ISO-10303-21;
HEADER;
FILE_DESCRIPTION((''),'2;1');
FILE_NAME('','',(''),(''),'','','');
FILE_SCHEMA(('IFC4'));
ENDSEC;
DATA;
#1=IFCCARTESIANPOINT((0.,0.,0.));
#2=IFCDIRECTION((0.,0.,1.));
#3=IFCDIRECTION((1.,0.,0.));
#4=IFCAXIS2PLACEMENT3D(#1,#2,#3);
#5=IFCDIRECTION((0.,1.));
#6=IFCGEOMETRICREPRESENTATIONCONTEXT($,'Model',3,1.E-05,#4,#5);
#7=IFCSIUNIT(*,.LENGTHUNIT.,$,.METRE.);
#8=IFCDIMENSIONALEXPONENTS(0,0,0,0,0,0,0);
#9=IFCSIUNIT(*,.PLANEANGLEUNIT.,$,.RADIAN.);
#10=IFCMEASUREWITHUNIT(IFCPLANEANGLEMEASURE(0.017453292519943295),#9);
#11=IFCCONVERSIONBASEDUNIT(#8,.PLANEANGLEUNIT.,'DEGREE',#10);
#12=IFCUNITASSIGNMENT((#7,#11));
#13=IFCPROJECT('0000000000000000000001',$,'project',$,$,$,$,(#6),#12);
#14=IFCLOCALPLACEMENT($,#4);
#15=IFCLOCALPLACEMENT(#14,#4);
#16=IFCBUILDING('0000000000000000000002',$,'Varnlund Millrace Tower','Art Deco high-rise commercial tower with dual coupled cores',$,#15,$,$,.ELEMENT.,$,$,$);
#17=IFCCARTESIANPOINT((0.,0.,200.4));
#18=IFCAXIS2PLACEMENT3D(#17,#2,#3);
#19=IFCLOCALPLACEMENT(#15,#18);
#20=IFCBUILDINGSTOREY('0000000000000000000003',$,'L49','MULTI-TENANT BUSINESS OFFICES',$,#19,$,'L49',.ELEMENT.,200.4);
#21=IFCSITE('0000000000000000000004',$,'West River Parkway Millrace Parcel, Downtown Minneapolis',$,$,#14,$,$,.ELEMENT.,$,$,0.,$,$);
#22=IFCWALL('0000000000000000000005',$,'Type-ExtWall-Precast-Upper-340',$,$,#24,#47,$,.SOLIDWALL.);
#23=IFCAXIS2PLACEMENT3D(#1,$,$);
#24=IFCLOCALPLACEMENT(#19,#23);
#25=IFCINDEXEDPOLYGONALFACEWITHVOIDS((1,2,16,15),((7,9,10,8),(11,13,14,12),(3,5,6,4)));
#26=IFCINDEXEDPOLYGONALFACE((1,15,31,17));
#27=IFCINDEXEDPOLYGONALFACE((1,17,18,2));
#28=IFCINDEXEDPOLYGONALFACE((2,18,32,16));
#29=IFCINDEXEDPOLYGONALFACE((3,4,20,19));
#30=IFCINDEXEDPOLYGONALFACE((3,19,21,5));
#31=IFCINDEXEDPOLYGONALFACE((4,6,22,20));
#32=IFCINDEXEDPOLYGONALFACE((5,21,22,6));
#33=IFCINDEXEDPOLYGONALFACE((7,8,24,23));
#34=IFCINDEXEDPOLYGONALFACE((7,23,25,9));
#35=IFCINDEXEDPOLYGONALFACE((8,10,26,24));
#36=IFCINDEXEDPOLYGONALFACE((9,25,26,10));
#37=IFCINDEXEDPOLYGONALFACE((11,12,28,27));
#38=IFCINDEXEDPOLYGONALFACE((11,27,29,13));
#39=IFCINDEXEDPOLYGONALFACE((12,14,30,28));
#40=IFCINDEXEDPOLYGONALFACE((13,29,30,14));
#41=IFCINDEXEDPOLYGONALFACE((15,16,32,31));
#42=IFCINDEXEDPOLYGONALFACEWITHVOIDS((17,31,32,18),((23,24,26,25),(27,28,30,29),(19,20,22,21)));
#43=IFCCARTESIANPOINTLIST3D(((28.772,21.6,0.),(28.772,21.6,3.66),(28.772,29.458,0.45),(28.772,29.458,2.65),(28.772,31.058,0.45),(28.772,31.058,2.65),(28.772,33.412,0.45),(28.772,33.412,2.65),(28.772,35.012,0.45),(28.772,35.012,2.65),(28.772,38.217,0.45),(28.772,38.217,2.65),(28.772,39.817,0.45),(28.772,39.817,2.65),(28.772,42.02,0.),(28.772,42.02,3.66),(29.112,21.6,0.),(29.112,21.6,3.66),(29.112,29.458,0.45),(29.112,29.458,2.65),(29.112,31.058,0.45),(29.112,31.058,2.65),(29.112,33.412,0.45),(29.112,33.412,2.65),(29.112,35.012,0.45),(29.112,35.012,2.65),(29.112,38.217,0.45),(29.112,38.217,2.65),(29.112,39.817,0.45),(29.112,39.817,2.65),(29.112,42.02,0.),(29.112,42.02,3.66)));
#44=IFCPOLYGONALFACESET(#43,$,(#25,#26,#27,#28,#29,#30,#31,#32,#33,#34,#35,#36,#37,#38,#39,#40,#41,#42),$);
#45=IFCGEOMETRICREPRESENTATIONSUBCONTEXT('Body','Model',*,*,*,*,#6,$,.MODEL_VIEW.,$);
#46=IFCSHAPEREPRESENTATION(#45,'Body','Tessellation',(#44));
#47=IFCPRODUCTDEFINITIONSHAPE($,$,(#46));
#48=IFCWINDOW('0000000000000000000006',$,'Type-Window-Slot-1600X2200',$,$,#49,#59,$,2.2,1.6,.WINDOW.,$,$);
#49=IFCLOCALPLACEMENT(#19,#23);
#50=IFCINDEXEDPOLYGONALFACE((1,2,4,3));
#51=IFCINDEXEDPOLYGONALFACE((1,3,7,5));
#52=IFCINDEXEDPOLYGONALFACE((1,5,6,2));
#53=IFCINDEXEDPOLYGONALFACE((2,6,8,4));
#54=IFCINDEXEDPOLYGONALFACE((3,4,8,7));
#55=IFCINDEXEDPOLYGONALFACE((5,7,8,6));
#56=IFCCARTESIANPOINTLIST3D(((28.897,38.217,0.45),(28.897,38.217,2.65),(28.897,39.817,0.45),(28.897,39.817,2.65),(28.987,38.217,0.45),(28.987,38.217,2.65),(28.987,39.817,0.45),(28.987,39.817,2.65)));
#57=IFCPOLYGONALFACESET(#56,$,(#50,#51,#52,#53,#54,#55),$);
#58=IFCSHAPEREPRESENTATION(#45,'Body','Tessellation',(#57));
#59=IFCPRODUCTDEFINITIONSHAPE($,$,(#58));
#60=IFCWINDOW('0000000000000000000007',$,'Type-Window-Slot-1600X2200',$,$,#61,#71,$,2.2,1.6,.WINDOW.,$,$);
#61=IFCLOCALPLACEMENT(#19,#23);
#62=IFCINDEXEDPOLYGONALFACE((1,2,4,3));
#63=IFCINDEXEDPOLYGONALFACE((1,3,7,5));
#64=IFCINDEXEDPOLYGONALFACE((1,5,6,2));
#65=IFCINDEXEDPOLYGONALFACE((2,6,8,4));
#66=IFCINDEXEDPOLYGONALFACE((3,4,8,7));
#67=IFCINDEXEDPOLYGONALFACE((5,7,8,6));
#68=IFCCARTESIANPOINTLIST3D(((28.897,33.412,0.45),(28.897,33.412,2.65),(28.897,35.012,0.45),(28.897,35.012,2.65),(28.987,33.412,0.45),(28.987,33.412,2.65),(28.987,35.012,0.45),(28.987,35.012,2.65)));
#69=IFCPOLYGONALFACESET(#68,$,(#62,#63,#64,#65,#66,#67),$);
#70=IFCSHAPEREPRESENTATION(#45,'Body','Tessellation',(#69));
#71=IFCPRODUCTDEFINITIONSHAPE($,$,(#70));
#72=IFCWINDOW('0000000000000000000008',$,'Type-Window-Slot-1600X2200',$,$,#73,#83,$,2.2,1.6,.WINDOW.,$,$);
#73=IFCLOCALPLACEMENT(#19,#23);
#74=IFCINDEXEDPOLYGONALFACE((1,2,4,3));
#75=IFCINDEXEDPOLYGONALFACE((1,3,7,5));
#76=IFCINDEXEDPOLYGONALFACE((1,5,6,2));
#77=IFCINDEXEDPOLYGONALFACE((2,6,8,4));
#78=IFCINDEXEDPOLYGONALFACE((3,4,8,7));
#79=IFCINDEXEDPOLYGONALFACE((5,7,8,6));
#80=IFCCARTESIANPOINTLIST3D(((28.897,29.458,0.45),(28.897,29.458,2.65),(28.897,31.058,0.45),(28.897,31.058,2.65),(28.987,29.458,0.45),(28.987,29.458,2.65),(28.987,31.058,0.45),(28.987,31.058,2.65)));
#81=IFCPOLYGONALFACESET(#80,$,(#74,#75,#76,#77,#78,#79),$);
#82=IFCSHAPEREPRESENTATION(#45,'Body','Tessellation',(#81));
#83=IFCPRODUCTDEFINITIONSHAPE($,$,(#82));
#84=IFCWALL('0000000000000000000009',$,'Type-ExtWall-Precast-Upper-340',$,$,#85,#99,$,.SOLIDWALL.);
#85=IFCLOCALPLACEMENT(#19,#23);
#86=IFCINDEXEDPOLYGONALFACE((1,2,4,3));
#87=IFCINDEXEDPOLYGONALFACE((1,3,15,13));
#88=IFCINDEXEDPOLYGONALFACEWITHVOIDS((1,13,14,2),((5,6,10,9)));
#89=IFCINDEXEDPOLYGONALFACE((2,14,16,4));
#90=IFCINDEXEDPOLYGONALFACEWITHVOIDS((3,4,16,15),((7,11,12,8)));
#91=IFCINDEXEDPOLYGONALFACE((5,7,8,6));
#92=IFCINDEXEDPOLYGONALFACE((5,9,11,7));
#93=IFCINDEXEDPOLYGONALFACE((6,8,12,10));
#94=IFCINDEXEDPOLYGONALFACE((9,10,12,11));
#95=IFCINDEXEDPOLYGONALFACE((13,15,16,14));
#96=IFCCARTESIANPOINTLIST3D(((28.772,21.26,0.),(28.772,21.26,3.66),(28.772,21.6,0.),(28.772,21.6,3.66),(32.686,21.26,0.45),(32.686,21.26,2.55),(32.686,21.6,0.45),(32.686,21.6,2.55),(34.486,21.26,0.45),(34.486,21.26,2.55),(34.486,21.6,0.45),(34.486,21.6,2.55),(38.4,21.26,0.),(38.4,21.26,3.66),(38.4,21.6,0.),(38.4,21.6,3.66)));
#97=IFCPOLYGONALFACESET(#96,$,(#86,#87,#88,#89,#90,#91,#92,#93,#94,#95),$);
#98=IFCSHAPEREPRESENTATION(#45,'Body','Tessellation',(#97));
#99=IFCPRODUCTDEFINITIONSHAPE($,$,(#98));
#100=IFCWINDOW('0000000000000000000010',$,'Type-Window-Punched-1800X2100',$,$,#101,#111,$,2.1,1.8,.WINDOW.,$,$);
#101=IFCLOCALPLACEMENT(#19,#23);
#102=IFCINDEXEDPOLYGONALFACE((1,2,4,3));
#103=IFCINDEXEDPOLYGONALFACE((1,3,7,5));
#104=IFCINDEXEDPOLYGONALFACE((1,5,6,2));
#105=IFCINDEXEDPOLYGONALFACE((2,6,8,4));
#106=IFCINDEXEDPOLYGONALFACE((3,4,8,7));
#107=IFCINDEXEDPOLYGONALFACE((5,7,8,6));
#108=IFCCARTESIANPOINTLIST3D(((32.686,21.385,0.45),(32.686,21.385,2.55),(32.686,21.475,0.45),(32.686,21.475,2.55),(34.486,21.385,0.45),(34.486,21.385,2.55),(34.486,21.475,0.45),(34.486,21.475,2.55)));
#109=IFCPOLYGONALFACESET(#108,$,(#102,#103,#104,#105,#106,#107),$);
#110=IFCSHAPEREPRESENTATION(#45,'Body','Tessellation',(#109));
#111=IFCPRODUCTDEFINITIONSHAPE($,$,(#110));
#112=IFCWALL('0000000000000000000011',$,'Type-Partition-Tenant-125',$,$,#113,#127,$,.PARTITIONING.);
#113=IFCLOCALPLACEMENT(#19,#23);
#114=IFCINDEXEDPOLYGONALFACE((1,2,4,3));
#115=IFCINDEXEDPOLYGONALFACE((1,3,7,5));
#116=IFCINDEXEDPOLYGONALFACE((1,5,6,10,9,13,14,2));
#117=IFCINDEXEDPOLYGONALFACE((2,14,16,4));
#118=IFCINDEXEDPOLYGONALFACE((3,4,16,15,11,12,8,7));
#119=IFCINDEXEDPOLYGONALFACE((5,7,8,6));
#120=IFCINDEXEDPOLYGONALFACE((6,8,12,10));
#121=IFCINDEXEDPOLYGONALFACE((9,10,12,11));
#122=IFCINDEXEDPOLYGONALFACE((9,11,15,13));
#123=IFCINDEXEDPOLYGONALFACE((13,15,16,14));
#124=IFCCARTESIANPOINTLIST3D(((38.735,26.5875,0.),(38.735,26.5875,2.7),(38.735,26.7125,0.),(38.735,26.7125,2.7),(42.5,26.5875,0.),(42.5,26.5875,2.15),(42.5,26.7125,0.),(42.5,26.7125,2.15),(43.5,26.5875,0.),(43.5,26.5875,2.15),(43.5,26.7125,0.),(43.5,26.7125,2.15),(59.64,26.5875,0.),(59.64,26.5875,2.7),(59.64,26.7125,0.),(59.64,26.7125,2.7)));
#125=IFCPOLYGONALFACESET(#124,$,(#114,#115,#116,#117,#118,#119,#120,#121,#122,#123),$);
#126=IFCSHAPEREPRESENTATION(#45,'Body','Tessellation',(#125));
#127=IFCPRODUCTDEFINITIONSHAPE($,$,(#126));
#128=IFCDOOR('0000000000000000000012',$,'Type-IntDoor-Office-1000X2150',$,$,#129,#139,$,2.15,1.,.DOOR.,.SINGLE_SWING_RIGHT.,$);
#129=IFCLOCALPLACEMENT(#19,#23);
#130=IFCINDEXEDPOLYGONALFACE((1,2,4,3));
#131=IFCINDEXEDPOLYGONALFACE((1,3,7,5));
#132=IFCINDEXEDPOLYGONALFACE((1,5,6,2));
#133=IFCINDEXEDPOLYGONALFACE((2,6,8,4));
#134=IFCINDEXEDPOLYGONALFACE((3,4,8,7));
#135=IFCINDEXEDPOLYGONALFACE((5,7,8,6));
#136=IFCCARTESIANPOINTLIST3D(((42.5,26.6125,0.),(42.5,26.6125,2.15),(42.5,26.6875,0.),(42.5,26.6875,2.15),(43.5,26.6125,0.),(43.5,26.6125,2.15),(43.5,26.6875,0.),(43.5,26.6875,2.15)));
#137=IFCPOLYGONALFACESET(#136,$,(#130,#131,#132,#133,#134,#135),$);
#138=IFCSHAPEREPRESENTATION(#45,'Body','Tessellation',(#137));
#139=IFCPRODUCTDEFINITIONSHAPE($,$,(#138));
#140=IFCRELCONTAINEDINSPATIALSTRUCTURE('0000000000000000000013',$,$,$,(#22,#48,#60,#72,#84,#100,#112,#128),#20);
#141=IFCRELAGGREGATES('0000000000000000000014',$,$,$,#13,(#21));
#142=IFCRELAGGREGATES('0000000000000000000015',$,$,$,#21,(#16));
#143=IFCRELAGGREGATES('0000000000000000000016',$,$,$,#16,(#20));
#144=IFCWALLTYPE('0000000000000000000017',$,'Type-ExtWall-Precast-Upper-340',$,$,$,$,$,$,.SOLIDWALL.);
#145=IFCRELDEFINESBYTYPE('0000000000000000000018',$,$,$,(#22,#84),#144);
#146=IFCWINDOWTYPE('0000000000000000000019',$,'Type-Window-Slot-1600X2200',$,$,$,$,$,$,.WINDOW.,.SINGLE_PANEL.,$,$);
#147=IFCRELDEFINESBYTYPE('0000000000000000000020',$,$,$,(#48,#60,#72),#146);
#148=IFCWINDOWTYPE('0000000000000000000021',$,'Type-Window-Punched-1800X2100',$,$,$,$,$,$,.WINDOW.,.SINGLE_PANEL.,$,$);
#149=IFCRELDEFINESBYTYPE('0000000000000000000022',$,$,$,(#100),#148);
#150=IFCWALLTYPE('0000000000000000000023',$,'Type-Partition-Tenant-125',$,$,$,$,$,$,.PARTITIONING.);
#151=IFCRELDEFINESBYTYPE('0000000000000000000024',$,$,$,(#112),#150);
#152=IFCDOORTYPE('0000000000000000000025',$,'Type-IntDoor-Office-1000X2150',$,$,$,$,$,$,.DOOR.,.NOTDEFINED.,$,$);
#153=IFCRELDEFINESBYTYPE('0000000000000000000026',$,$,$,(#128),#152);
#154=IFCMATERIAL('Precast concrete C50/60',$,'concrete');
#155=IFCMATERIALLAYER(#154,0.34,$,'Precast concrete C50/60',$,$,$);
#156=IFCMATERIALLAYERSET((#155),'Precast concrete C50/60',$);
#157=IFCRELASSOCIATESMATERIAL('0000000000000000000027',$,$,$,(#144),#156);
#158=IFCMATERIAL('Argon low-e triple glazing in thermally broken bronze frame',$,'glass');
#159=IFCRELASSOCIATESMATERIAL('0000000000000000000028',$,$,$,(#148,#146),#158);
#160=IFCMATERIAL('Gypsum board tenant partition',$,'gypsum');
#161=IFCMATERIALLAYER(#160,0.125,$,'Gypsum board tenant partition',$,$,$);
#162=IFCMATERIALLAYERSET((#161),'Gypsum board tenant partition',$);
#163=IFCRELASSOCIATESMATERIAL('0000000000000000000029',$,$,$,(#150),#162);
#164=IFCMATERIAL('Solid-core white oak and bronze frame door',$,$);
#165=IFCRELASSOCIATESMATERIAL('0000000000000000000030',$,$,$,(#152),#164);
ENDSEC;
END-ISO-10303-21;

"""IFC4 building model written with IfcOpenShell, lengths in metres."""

from ifc_helpers import new_model, entity, si_unit, converted_unit, direction, frame, origin_with_axes, origin_2d_with_axis, place, context, subcontext, project, spatial, polyline, rectangle, outline, extrude, material, layer, layer_set, type_object, element, fill, save


model = new_model("IFC4")

# Units and contexts
model_context = context("Model", 3, precision=1e-05, world=origin_with_axes(), true_north=direction((0.0, 1.0)))
body_context = subcontext(model_context, "Body", "Model", "MODEL_VIEW")
ifc_project = project(units=[si_unit("LENGTHUNIT", "METRE"), converted_unit("PLANEANGLEUNIT", "DEGREE", entity("IfcPlaneAngleMeasure", 0.017453292519943295), si_unit("PLANEANGLEUNIT", "RADIAN"), dimensions=[0, 0, 0, 0, 0, 0, 0])], contexts=[model_context])

# Site, building, storey
site_placement = place(None, origin_with_axes())
site = spatial("IfcSite", under=ifc_project, at=site_placement, Name="West River Parkway Millrace Parcel, Downtown Minneapolis", CompositionType="ELEMENT", RefElevation=0.0)
building_placement = place(site_placement, origin_with_axes())
building = spatial("IfcBuilding", under=site, at=building_placement, Name="Varnlund Millrace Tower", Description="Art Deco high-rise commercial tower with dual coupled cores", CompositionType="ELEMENT")
storey_placement = place(building_placement, frame((0.0, 0.0, 200.4), z_axis=(0.0, 0.0, 1.0), x_axis=(1.0, 0.0, 0.0)))
storey = spatial("IfcBuildingStorey", under=building, at=storey_placement, Name="L49", Description="MULTI-TENANT BUSINESS OFFICES", LongName="L49", CompositionType="ELEMENT", Elevation=200.4)

# Shared definitions
ifc_material_1 = material(Name="Precast concrete C50/60", Category="concrete")
ifc_layer_1 = layer(ifc_material_1, 0.34, Name="Precast concrete C50/60")
ifc_layer_set_1 = layer_set([ifc_layer_1], Name="Precast concrete C50/60")
wall_type_1 = type_object("IfcWallType", Name="Type-ExtWall-Precast-Upper-340", PredefinedType="SOLIDWALL", material=ifc_layer_set_1)

# Shared definitions
ifc_material_2 = material(Name="Argon low-e triple glazing in thermally broken bronze frame", Category="glass")
window_type_1 = type_object("IfcWindowType", Name="Type-Window-Punched-1800X2100", PartitioningType="SINGLE_PANEL", PredefinedType="WINDOW", material=ifc_material_2)

# Wall, openings, windows
wall_1_placement = place(storey_placement, frame((28.942, 42.02, 0.0), z_axis=(0.0, 0.0, 1.0), x_axis=(0.0, -1.0, 0.0)))
wall_1 = element("IfcWall", 1, at=wall_1_placement, inside=storey, type_object=wall_type_1, Name="Type-ExtWall-Precast-Upper-340", PredefinedType="SOLIDWALL", context=body_context, shape_type="SweptSolid", body=[
    extrude(outline(polyline([(0.0, -0.17), (20.42, -0.17), (20.42, 0.17), (0.0, 0.17), (0.0, -0.17)])), origin_with_axes(), (0.0, 0.0, 1.0), 3.66),
])
opening_1_placement = place(wall_1_placement, frame((3.003, 0.0, 0.45), z_axis=(0.0, 0.0, 1.0), x_axis=(1.0, 0.0, 0.0)))
opening_1 = element("IfcOpeningElement", 2, at=opening_1_placement, cuts=wall_1, PredefinedType="OPENING", context=body_context, shape_type="SweptSolid", body=[
    extrude(rectangle(XDim=1.6, YDim=0.36, at=origin_2d_with_axis()), origin_with_axes(), (0.0, 0.0, 1.0), 2.2),
])
opening_2_placement = place(wall_1_placement, frame((7.808, 0.0, 0.45), z_axis=(0.0, 0.0, 1.0), x_axis=(1.0, 0.0, 0.0)))
opening_2 = element("IfcOpeningElement", 3, at=opening_2_placement, cuts=wall_1, PredefinedType="OPENING", context=body_context, shape_type="SweptSolid", body=[
    extrude(rectangle(XDim=1.6, YDim=0.36, at=origin_2d_with_axis()), origin_with_axes(), (0.0, 0.0, 1.0), 2.2),
])
opening_3_placement = place(wall_1_placement, frame((11.762, 0.0, 0.45), z_axis=(0.0, 0.0, 1.0), x_axis=(1.0, 0.0, 0.0)))
opening_3 = element("IfcOpeningElement", 4, at=opening_3_placement, cuts=wall_1, PredefinedType="OPENING", context=body_context, shape_type="SweptSolid", body=[
    extrude(rectangle(XDim=1.6, YDim=0.36, at=origin_2d_with_axis()), origin_with_axes(), (0.0, 0.0, 1.0), 2.2),
])
window_type_2 = type_object("IfcWindowType", Name="Type-Window-Slot-1600X2200", PartitioningType="SINGLE_PANEL", PredefinedType="WINDOW", material=ifc_material_2)
window_1_placement = place(wall_1_placement, frame((3.003, 0.0, 0.45), z_axis=(0.0, 0.0, 1.0), x_axis=(1.0, 0.0, 0.0)))
window_1 = element("IfcWindow", 5, at=window_1_placement, inside=storey, type_object=window_type_2, Name="Type-Window-Slot-1600X2200", OverallHeight=2.2, OverallWidth=1.6, PredefinedType="WINDOW", context=body_context, shape_type="SweptSolid", body=[
    extrude(rectangle(XDim=1.6, YDim=0.09, at=origin_2d_with_axis()), origin_with_axes(), (0.0, 0.0, 1.0), 2.2),
])
fill(opening_1, window_1)
window_2_placement = place(wall_1_placement, frame((7.808, 0.0, 0.45), z_axis=(0.0, 0.0, 1.0), x_axis=(1.0, 0.0, 0.0)))
window_2 = element("IfcWindow", 6, at=window_2_placement, inside=storey, type_object=window_type_2, Name="Type-Window-Slot-1600X2200", OverallHeight=2.2, OverallWidth=1.6, PredefinedType="WINDOW", context=body_context, shape_type="SweptSolid", body=[
    extrude(rectangle(XDim=1.6, YDim=0.09, at=origin_2d_with_axis()), origin_with_axes(), (0.0, 0.0, 1.0), 2.2),
])
fill(opening_2, window_2)
window_3_placement = place(wall_1_placement, frame((11.762, 0.0, 0.45), z_axis=(0.0, 0.0, 1.0), x_axis=(1.0, 0.0, 0.0)))
window_3 = element("IfcWindow", 7, at=window_3_placement, inside=storey, type_object=window_type_2, Name="Type-Window-Slot-1600X2200", OverallHeight=2.2, OverallWidth=1.6, PredefinedType="WINDOW", context=body_context, shape_type="SweptSolid", body=[
    extrude(rectangle(XDim=1.6, YDim=0.09, at=origin_2d_with_axis()), origin_with_axes(), (0.0, 0.0, 1.0), 2.2),
])
fill(opening_3, window_3)

# Wall, opening, window
wall_2_placement = place(storey_placement, frame((28.772, 21.43, 0.0), z_axis=(0.0, 0.0, 1.0), x_axis=(1.0, 0.0, 0.0)))
wall_2 = element("IfcWall", 8, at=wall_2_placement, inside=storey, type_object=wall_type_1, Name="Type-ExtWall-Precast-Upper-340", PredefinedType="SOLIDWALL", context=body_context, shape_type="SweptSolid", body=[
    extrude(outline(polyline([(0.0, -0.17), (9.628, -0.17), (9.628, 0.17), (0.0, 0.17), (0.0, -0.17)])), origin_with_axes(), (0.0, 0.0, 1.0), 3.66),
])
opening_4_placement = place(wall_2_placement, frame((4.814, 0.0, 0.45), z_axis=(0.0, 0.0, 1.0), x_axis=(1.0, 0.0, 0.0)))
opening_4 = element("IfcOpeningElement", 9, at=opening_4_placement, cuts=wall_2, PredefinedType="OPENING", context=body_context, shape_type="SweptSolid", body=[
    extrude(rectangle(XDim=1.8, YDim=0.36, at=origin_2d_with_axis()), origin_with_axes(), (0.0, 0.0, 1.0), 2.1),
])
window_4_placement = place(wall_2_placement, frame((4.814, 0.0, 0.45), z_axis=(0.0, 0.0, 1.0), x_axis=(1.0, 0.0, 0.0)))
window_4 = element("IfcWindow", 10, at=window_4_placement, inside=storey, type_object=window_type_1, Name="Type-Window-Punched-1800X2100", OverallHeight=2.1, OverallWidth=1.8, PredefinedType="WINDOW", context=body_context, shape_type="SweptSolid", body=[
    extrude(rectangle(XDim=1.8, YDim=0.09, at=origin_2d_with_axis()), origin_with_axes(), (0.0, 0.0, 1.0), 2.1),
])
fill(opening_4, window_4)

# Wall, opening, door
ifc_material_3 = material(Name="Gypsum board tenant partition", Category="gypsum")
ifc_layer_2 = layer(ifc_material_3, 0.125, Name="Gypsum board tenant partition")
ifc_layer_set_2 = layer_set([ifc_layer_2], Name="Gypsum board tenant partition")
wall_type_2 = type_object("IfcWallType", Name="Type-Partition-Tenant-125", PredefinedType="PARTITIONING", material=ifc_layer_set_2)
wall_3_placement = place(storey_placement, frame((38.735, 26.65, 0.0), z_axis=(0.0, 0.0, 1.0), x_axis=(1.0, 0.0, 0.0)))
wall_3 = element("IfcWall", 11, at=wall_3_placement, inside=storey, type_object=wall_type_2, Name="Type-Partition-Tenant-125", PredefinedType="PARTITIONING", context=body_context, shape_type="SweptSolid", body=[
    extrude(outline(polyline([(0.0, -0.0625), (20.905, -0.0625), (20.905, 0.0625), (0.0, 0.0625), (0.0, -0.0625)])), origin_with_axes(), (0.0, 0.0, 1.0), 2.7),
])
opening_5_placement = place(wall_3_placement, frame((4.265, 0.0, 0.0), z_axis=(0.0, 0.0, 1.0), x_axis=(1.0, 0.0, 0.0)))
opening_5 = element("IfcOpeningElement", 12, at=opening_5_placement, cuts=wall_3, PredefinedType="OPENING", context=body_context, shape_type="SweptSolid", body=[
    extrude(rectangle(XDim=1.0, YDim=0.145, at=origin_2d_with_axis()), origin_with_axes(), (0.0, 0.0, 1.0), 2.15),
])
ifc_material_4 = material(Name="Solid-core white oak and bronze frame door")
door_type = type_object("IfcDoorType", Name="Type-IntDoor-Office-1000X2150", OperationType="NOTDEFINED", PredefinedType="DOOR", material=ifc_material_4)
door_placement = place(wall_3_placement, frame((4.265, 0.0, 0.0), z_axis=(0.0, 0.0, 1.0), x_axis=(1.0, 0.0, 0.0)))
door = element("IfcDoor", 13, at=door_placement, inside=storey, type_object=door_type, Name="Type-IntDoor-Office-1000X2150", OperationType="SINGLE_SWING_RIGHT", OverallHeight=2.15, OverallWidth=1.0, PredefinedType="DOOR", context=body_context, shape_type="SweptSolid", body=[
    extrude(rectangle(XDim=1.0, YDim=0.075, at=origin_2d_with_axis()), origin_with_axes(), (0.0, 0.0, 1.0), 2.15),
])
fill(opening_5, door)

save(model, "model.ifc")
